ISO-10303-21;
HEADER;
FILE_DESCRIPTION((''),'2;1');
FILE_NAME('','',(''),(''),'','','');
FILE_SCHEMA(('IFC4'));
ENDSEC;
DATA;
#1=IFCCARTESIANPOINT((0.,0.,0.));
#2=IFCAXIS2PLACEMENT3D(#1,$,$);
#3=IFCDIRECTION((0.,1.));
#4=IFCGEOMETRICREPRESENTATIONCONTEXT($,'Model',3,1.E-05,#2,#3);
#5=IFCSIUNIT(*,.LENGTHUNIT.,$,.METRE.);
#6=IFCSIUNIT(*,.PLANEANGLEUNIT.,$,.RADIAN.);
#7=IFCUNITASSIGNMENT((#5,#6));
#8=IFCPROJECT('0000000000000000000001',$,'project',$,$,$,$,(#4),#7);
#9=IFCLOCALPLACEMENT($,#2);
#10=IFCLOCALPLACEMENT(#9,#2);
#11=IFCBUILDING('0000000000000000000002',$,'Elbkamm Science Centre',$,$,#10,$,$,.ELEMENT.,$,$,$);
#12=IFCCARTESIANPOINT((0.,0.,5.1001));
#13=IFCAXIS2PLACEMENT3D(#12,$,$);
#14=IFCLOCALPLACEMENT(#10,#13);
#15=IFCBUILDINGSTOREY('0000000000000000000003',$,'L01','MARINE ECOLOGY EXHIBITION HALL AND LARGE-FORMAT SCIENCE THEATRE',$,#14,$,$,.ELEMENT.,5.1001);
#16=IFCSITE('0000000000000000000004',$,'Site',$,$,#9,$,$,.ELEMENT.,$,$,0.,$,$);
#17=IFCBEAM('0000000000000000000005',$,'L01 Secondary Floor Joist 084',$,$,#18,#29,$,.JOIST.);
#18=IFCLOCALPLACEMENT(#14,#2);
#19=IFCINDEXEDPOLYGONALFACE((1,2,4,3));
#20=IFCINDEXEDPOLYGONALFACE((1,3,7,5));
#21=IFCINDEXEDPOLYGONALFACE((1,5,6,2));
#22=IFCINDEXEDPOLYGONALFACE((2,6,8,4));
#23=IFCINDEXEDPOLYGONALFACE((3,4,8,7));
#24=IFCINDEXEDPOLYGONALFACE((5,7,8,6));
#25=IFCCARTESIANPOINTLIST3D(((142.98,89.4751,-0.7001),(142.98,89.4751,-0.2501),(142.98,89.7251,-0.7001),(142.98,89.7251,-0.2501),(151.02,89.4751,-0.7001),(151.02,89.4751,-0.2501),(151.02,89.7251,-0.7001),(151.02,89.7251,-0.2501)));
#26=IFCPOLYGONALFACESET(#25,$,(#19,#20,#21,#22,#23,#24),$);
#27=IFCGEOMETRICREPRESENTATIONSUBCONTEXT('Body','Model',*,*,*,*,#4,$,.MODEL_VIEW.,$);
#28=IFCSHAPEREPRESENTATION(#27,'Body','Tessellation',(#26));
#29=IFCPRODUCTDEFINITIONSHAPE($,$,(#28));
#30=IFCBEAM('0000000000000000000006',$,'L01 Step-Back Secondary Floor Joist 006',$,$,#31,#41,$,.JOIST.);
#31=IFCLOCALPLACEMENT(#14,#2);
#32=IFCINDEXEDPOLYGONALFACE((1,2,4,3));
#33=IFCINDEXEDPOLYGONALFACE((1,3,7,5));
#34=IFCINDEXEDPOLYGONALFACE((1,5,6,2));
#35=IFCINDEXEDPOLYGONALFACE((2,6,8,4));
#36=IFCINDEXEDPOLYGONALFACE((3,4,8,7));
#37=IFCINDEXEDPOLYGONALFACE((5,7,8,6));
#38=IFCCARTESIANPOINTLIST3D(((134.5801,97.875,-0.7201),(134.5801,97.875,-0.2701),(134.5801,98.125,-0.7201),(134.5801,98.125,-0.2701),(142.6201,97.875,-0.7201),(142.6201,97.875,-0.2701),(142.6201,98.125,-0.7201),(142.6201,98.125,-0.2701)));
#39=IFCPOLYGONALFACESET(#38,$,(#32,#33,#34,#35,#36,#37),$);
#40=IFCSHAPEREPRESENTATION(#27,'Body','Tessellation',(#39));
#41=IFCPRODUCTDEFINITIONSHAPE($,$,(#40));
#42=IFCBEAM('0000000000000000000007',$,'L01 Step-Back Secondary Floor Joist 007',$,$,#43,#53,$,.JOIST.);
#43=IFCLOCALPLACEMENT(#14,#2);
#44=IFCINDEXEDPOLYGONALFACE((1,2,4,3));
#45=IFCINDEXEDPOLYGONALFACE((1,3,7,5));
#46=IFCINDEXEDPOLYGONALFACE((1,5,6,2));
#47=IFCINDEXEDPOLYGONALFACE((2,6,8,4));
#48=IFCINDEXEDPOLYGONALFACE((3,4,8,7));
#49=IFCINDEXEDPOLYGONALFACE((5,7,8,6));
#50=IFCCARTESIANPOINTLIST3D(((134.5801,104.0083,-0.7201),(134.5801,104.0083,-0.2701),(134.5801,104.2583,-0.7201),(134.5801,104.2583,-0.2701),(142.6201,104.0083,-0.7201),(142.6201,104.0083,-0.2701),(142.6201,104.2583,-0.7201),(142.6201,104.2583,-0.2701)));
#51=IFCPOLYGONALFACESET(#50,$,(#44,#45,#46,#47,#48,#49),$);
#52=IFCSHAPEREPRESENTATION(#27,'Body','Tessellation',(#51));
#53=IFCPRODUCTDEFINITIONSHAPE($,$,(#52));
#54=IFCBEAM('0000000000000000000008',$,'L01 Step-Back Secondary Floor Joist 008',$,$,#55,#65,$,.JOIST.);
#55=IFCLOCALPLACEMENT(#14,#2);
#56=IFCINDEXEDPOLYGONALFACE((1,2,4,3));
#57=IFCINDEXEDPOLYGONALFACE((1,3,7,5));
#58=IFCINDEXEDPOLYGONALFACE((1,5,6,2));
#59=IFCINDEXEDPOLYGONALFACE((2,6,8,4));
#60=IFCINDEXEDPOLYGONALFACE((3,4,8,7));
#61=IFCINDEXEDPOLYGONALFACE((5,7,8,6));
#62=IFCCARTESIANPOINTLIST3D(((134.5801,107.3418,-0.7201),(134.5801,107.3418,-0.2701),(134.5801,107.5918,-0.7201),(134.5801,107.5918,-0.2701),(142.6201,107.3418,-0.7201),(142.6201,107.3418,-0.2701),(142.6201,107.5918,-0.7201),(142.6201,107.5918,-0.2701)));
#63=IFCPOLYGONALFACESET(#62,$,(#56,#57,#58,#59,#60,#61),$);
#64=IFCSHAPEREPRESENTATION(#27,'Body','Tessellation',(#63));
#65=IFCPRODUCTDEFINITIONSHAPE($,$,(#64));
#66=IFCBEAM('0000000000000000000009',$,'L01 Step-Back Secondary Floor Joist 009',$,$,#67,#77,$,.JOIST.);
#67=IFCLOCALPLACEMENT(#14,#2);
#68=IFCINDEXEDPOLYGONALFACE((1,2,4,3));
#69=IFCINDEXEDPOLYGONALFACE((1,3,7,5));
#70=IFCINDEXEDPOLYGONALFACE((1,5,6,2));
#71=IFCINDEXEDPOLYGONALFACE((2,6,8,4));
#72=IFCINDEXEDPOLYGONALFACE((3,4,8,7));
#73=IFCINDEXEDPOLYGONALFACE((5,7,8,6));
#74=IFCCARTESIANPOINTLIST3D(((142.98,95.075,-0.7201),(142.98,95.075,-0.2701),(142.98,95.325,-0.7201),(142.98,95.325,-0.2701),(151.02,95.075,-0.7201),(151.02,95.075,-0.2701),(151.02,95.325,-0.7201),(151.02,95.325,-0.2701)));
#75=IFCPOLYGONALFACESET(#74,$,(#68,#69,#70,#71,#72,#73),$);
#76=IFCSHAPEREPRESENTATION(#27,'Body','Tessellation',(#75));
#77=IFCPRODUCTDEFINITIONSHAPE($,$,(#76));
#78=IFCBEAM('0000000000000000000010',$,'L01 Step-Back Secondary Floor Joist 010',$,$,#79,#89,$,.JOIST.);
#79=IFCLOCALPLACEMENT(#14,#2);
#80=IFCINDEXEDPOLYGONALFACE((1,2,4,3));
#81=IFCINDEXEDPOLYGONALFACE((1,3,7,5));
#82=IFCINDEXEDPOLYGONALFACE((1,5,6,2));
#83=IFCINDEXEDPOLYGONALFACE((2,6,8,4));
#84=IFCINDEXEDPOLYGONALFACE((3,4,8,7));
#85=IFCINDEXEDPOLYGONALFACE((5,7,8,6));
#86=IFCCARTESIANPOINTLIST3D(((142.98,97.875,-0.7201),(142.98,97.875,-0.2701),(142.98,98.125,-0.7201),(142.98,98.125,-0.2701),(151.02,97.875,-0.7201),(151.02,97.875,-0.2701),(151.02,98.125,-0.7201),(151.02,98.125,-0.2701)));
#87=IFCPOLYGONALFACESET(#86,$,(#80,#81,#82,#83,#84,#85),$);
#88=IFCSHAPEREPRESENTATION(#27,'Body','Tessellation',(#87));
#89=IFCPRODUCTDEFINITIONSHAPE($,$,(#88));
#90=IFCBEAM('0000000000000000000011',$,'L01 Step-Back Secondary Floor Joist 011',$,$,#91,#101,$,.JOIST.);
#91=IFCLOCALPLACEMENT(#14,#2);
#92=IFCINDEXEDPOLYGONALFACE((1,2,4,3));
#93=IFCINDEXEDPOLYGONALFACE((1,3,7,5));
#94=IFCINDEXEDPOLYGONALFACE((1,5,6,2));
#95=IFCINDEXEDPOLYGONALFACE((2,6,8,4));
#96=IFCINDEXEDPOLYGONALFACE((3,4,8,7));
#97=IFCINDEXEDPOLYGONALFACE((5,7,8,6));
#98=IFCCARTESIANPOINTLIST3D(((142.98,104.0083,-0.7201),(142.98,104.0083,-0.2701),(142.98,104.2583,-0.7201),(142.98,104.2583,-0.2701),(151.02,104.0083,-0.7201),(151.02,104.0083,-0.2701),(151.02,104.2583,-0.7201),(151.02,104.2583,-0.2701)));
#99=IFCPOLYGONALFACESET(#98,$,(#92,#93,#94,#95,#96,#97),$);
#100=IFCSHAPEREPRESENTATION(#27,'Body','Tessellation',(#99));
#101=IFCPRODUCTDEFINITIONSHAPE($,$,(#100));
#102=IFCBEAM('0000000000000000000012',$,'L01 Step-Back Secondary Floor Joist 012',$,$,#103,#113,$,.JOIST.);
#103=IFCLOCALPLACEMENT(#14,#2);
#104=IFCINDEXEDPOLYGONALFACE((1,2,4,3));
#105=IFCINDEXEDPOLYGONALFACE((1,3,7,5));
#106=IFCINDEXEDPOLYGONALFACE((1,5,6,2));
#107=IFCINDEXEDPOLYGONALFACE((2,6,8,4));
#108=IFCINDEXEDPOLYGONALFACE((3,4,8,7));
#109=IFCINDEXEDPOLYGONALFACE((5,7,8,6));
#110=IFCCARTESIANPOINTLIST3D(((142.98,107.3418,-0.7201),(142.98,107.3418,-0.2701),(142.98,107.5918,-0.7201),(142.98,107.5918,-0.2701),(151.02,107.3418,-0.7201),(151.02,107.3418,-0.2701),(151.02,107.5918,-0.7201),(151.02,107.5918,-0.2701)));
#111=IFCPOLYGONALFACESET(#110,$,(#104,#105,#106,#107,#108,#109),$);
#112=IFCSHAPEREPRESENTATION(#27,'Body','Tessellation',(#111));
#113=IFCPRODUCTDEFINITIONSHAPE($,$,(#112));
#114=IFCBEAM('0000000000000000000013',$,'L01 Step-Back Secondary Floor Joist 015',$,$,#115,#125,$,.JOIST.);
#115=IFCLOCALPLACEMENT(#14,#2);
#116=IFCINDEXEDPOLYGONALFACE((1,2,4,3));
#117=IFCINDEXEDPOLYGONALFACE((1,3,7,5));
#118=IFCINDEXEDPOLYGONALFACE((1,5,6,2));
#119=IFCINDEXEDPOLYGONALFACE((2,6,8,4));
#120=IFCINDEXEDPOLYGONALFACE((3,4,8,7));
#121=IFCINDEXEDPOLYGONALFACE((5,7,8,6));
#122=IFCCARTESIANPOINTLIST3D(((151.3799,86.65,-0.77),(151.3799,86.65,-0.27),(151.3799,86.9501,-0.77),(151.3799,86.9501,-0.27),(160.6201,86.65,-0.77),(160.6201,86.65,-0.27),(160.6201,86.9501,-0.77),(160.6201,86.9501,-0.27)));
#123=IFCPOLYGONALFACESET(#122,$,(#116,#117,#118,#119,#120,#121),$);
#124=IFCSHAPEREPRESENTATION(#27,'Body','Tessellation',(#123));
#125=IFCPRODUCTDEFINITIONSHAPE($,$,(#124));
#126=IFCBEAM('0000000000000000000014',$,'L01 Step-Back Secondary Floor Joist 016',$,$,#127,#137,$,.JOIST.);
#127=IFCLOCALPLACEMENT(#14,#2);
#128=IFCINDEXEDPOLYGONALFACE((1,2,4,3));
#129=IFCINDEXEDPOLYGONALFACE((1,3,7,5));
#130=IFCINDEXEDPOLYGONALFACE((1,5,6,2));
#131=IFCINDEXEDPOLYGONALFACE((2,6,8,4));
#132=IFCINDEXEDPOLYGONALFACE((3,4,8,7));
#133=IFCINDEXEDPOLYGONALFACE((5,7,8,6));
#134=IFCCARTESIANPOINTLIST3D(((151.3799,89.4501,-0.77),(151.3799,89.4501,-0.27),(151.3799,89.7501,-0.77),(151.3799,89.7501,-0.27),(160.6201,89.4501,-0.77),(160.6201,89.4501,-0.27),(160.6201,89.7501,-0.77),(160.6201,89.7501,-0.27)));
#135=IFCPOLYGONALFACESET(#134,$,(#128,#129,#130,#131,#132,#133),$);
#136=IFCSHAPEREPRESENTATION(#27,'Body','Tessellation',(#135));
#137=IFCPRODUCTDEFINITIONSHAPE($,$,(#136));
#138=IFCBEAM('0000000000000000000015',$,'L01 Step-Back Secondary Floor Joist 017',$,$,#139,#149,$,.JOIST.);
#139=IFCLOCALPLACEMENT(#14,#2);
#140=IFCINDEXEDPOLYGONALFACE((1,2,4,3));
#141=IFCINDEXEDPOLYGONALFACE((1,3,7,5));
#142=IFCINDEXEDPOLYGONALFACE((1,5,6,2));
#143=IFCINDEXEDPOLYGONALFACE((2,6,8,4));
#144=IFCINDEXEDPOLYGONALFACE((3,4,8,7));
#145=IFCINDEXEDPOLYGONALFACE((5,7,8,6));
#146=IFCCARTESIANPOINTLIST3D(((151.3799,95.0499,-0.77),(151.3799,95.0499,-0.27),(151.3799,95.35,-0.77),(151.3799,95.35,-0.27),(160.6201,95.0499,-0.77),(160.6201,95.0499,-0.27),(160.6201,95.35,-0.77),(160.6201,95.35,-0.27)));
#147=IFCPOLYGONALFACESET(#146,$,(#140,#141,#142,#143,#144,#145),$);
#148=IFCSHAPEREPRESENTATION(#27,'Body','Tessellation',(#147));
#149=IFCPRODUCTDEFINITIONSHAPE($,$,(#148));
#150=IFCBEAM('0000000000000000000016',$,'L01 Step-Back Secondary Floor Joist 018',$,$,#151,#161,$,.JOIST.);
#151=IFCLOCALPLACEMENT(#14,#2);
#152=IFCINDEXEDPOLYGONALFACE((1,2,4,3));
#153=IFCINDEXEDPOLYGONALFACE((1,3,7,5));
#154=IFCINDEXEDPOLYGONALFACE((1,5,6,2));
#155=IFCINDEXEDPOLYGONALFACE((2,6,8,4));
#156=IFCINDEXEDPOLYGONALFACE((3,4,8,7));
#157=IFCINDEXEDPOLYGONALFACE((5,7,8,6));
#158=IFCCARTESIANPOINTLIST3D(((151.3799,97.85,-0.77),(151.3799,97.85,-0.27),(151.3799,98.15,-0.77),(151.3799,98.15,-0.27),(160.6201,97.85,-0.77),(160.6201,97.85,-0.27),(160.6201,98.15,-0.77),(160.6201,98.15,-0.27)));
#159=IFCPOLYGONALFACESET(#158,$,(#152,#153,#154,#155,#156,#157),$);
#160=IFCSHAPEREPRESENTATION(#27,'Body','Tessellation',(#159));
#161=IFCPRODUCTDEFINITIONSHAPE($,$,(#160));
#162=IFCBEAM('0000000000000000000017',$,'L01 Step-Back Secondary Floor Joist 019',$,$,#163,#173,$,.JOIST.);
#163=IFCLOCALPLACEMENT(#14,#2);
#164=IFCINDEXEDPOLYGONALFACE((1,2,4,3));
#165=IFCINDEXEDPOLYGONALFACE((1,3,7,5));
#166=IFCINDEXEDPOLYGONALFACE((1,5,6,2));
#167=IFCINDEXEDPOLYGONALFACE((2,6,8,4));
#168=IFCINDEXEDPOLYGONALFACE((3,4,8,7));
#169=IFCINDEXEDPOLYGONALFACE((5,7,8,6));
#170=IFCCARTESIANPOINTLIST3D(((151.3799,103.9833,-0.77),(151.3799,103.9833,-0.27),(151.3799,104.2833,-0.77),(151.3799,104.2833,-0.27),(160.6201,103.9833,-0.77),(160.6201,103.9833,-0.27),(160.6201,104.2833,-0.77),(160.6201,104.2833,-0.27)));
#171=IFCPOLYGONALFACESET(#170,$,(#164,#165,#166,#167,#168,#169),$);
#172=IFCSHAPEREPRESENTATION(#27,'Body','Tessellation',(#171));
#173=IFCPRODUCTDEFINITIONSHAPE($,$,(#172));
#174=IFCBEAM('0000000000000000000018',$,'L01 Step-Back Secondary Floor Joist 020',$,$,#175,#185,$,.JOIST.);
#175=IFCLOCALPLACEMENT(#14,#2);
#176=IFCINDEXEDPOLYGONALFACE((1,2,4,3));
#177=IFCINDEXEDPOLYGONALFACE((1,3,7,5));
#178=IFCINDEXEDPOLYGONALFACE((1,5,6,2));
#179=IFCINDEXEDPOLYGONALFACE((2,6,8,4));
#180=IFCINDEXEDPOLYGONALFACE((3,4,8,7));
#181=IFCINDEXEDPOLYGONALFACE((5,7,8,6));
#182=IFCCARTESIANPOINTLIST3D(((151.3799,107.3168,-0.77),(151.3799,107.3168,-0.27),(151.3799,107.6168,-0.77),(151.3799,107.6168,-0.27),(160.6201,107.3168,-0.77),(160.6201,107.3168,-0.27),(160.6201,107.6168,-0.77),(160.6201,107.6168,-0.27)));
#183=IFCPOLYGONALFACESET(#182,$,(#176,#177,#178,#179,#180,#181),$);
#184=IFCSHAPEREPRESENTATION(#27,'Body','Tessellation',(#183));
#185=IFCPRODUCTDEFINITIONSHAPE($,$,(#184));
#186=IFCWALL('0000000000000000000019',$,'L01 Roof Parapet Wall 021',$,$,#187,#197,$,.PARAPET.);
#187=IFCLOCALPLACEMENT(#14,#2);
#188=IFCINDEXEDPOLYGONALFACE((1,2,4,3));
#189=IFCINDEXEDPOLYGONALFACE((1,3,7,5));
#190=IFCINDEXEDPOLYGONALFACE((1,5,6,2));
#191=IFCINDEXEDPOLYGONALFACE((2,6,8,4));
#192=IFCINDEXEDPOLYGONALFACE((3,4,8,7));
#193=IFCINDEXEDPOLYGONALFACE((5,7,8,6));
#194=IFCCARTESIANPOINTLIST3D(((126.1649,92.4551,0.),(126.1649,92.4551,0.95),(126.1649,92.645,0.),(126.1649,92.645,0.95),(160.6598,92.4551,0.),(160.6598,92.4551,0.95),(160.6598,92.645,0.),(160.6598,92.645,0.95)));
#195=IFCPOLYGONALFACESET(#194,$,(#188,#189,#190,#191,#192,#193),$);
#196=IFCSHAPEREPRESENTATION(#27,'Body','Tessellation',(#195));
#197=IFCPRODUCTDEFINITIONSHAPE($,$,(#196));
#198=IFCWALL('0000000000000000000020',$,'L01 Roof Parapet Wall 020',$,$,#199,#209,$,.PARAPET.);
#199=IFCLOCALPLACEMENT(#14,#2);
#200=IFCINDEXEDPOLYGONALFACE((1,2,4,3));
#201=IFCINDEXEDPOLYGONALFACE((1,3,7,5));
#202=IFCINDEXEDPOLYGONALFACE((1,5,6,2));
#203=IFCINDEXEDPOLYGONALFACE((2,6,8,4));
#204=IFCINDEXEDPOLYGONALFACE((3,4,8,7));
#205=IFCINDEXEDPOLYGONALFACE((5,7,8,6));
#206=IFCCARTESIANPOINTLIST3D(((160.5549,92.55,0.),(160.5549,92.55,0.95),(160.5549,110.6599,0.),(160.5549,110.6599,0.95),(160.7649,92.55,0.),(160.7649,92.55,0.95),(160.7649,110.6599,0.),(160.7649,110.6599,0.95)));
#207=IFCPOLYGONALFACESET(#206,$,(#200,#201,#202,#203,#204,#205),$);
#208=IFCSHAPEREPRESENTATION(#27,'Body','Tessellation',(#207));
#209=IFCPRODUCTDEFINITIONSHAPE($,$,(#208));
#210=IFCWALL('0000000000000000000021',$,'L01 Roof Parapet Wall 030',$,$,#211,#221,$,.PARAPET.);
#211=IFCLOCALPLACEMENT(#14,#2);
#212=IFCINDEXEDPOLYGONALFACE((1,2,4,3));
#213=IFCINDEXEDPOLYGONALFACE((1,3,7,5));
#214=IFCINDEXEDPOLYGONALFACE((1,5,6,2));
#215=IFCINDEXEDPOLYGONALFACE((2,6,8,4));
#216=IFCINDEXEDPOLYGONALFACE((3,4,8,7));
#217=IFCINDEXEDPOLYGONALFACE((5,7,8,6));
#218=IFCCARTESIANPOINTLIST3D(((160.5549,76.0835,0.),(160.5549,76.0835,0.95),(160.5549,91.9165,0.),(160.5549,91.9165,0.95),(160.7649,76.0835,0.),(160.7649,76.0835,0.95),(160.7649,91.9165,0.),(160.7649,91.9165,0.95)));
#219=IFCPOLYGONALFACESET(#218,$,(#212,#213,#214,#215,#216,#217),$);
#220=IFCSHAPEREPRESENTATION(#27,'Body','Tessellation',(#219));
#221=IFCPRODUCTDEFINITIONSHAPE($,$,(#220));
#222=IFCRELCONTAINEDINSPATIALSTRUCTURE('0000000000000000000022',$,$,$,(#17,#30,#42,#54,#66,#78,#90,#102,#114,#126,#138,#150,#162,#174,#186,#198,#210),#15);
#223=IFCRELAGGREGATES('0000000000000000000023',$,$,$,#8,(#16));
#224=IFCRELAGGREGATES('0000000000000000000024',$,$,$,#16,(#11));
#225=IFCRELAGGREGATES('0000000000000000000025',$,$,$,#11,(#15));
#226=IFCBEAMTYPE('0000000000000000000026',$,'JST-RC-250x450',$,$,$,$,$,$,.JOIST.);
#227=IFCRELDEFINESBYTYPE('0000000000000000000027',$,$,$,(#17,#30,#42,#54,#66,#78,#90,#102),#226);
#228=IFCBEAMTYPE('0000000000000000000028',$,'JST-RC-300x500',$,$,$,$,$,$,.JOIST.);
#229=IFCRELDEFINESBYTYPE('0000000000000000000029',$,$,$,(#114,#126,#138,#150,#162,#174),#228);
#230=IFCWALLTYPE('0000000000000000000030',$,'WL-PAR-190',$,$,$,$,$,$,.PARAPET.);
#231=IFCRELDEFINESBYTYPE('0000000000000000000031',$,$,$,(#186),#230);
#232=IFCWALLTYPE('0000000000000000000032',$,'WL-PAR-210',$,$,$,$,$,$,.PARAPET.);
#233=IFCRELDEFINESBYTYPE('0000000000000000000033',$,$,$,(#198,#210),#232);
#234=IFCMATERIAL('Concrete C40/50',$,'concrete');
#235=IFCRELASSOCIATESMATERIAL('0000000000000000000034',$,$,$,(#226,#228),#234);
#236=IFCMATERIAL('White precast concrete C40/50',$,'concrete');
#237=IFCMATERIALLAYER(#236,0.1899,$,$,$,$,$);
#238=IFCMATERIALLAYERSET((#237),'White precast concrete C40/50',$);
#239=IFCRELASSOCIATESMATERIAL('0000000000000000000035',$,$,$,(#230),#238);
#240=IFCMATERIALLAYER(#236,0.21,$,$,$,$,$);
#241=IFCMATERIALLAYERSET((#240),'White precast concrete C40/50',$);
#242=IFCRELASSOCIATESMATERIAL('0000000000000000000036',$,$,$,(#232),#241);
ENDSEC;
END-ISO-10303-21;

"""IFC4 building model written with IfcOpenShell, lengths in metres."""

from ifc_helpers import new_model, si_unit, direction, frame, frame_2d, origin, origin_2d, place, context, subcontext, project, spatial, rectangle, extrude, material, layer, layer_set, material_profile, profile_set, type_object, element, save


model = new_model("IFC4")

# Units and contexts
model_context = context("Model", 3, precision=1e-05, world=origin(), true_north=direction((0.0, 1.0)))
body_context = subcontext(model_context, "Body", "Model", "MODEL_VIEW")
ifc_project = project(units=[si_unit("LENGTHUNIT", "METRE"), si_unit("PLANEANGLEUNIT", "RADIAN")], contexts=[model_context])

# Site, building, storey
site_placement = place(None, origin())
site = spatial("IfcSite", under=ifc_project, at=site_placement, Name="Site", CompositionType="ELEMENT", RefElevation=0.0)
building_placement = place(site_placement, origin())
building = spatial("IfcBuilding", under=site, at=building_placement, Name="Elbkamm Science Centre", CompositionType="ELEMENT")
storey_placement = place(building_placement, frame((0.0, 0.0, 5.1001)))
storey = spatial("IfcBuildingStorey", under=building, at=storey_placement, Name="L01", Description="MARINE ECOLOGY EXHIBITION HALL AND LARGE-FORMAT SCIENCE THEATRE", CompositionType="ELEMENT", Elevation=5.1001)

# Beams
ifc_material_1 = material(Name="Concrete C40/50", Category="concrete")
ifc_material_profile_1 = material_profile(ifc_material_1, rectangle(XDim=0.25, YDim=0.45, at=origin_2d()), Name="RC 250x450")
ifc_profile_set_1 = profile_set([ifc_material_profile_1], Name="Concrete C40/50")
beam_type_1 = type_object("IfcBeamType", Name="JST-RC-250x450", PredefinedType="JOIST", material=ifc_profile_set_1)
for number, where, z_axis, x_axis, name in (
    (1, (142.98, 89.6001, -0.4751), (1.0, 0.0, 0.0), (0.0, 1.0, 0.0), "L01 Secondary Floor Joist 084"),
    (2, (134.5801, 98.0, -0.4951), (1.0, 0.0, 0.0), (0.0, 1.0, 0.0), "L01 Step-Back Secondary Floor Joist 006"),
    (3, (134.5801, 104.1333, -0.4951), (1.0, 0.0, 0.0), (0.0, 1.0, 0.0), "L01 Step-Back Secondary Floor Joist 007"),
    (4, (134.5801, 107.4668, -0.4951), (1.0, 0.0, 0.0), (0.0, 1.0, 0.0), "L01 Step-Back Secondary Floor Joist 008"),
    (5, (142.98, 95.2, -0.4951), (1.0, 0.0, 0.0), (0.0, 1.0, 0.0), "L01 Step-Back Secondary Floor Joist 009"),
    (6, (142.98, 98.0, -0.4951), (1.0, 0.0, 0.0), (0.0, 1.0, 0.0), "L01 Step-Back Secondary Floor Joist 010"),
    (7, (142.98, 104.1333, -0.4951), (1.0, 0.0, 0.0), (0.0, 1.0, 0.0), "L01 Step-Back Secondary Floor Joist 011"),
    (8, (142.98, 107.4668, -0.4951), (1.0, 0.0, 0.0), (0.0, 1.0, 0.0), "L01 Step-Back Secondary Floor Joist 012"),
):
    element("IfcBeam", number, at=place(storey_placement, frame(where, z_axis=z_axis, x_axis=x_axis)), inside=storey, type_object=beam_type_1, Name=name, PredefinedType="JOIST", context=body_context, shape_type="SweptSolid", body=[
        extrude(rectangle(XDim=0.25, YDim=0.45, at=origin_2d()), origin(), (0.0, 0.0, 1.0), 8.04),
    ])
ifc_material_profile_2 = material_profile(ifc_material_1, rectangle(XDim=0.3, YDim=0.5, at=origin_2d()), Name="RC 300x500")
ifc_profile_set_2 = profile_set([ifc_material_profile_2], Name="Concrete C40/50")
beam_type_2 = type_object("IfcBeamType", Name="JST-RC-300x500", PredefinedType="JOIST", material=ifc_profile_set_2)
for number, where, z_axis, x_axis, name in (
    (9, (151.3799, 86.8, -0.52), (1.0, 0.0, 0.0), (0.0, 1.0, 0.0), "L01 Step-Back Secondary Floor Joist 015"),
    (10, (151.3799, 89.6001, -0.52), (1.0, 0.0, 0.0), (0.0, 1.0, 0.0), "L01 Step-Back Secondary Floor Joist 016"),
    (11, (151.3799, 95.2, -0.52), (1.0, 0.0, 0.0), (0.0, 1.0, 0.0), "L01 Step-Back Secondary Floor Joist 017"),
    (12, (151.3799, 98.0, -0.52), (1.0, 0.0, 0.0), (0.0, 1.0, 0.0), "L01 Step-Back Secondary Floor Joist 018"),
    (13, (151.3799, 104.1333, -0.52), (1.0, 0.0, 0.0), (0.0, 1.0, 0.0), "L01 Step-Back Secondary Floor Joist 019"),
    (14, (151.3799, 107.4668, -0.52), (1.0, 0.0, 0.0), (0.0, 1.0, 0.0), "L01 Step-Back Secondary Floor Joist 020"),
):
    element("IfcBeam", number, at=place(storey_placement, frame(where, z_axis=z_axis, x_axis=x_axis)), inside=storey, type_object=beam_type_2, Name=name, PredefinedType="JOIST", context=body_context, shape_type="SweptSolid", body=[
        extrude(rectangle(XDim=0.3, YDim=0.5, at=origin_2d()), origin(), (0.0, 0.0, 1.0), 9.2402),
    ])

# Walls
ifc_material_2 = material(Name="White precast concrete C40/50", Category="concrete")
ifc_layer_1 = layer(ifc_material_2, 0.1899)
ifc_layer_set_1 = layer_set([ifc_layer_1], Name="White precast concrete C40/50")
wall_type_1 = type_object("IfcWallType", Name="WL-PAR-190", PredefinedType="PARAPET", material=ifc_layer_set_1)
wall_1_placement = place(storey_placement, frame((160.6599, 92.55, 0.0), z_axis=(0.0, 0.0, 1.0), x_axis=(-1.0, 0.0, 0.0)))
element("IfcWall", 15, at=wall_1_placement, inside=storey, type_object=wall_type_1, Name="L01 Roof Parapet Wall 021", PredefinedType="PARAPET", context=body_context, shape_type="SweptSolid", body=[
    extrude(rectangle(XDim=34.4949, YDim=0.1899, at=frame_2d((17.2476, 0.0))), origin(), (0.0, 0.0, 1.0), 0.95),
])
ifc_layer_2 = layer(ifc_material_2, 0.21)
ifc_layer_set_2 = layer_set([ifc_layer_2], Name="White precast concrete C40/50")
wall_type_2 = type_object("IfcWallType", Name="WL-PAR-210", PredefinedType="PARAPET", material=ifc_layer_set_2)
wall_2_placement = place(storey_placement, frame((160.6599, 110.6599, 0.0), z_axis=(0.0, 0.0, 1.0), x_axis=(0.0, -1.0, 0.0)))
element("IfcWall", 16, at=wall_2_placement, inside=storey, type_object=wall_type_2, Name="L01 Roof Parapet Wall 020", PredefinedType="PARAPET", context=body_context, shape_type="SweptSolid", body=[
    extrude(rectangle(XDim=18.1099, YDim=0.21, at=frame_2d((9.0549, 0.0))), origin(), (0.0, 0.0, 1.0), 0.95),
])
wall_3_placement = place(storey_placement, frame((160.6599, 91.9165, 0.0), z_axis=(0.0, 0.0, 1.0), x_axis=(0.0, -1.0, 0.0)))
element("IfcWall", 17, at=wall_3_placement, inside=storey, type_object=wall_type_2, Name="L01 Roof Parapet Wall 030", PredefinedType="PARAPET", context=body_context, shape_type="SweptSolid", body=[
    extrude(rectangle(XDim=15.833, YDim=0.21, at=frame_2d((7.9165, 0.0))), origin(), (0.0, 0.0, 1.0), 0.95),
])

save(model, "model.ifc")
